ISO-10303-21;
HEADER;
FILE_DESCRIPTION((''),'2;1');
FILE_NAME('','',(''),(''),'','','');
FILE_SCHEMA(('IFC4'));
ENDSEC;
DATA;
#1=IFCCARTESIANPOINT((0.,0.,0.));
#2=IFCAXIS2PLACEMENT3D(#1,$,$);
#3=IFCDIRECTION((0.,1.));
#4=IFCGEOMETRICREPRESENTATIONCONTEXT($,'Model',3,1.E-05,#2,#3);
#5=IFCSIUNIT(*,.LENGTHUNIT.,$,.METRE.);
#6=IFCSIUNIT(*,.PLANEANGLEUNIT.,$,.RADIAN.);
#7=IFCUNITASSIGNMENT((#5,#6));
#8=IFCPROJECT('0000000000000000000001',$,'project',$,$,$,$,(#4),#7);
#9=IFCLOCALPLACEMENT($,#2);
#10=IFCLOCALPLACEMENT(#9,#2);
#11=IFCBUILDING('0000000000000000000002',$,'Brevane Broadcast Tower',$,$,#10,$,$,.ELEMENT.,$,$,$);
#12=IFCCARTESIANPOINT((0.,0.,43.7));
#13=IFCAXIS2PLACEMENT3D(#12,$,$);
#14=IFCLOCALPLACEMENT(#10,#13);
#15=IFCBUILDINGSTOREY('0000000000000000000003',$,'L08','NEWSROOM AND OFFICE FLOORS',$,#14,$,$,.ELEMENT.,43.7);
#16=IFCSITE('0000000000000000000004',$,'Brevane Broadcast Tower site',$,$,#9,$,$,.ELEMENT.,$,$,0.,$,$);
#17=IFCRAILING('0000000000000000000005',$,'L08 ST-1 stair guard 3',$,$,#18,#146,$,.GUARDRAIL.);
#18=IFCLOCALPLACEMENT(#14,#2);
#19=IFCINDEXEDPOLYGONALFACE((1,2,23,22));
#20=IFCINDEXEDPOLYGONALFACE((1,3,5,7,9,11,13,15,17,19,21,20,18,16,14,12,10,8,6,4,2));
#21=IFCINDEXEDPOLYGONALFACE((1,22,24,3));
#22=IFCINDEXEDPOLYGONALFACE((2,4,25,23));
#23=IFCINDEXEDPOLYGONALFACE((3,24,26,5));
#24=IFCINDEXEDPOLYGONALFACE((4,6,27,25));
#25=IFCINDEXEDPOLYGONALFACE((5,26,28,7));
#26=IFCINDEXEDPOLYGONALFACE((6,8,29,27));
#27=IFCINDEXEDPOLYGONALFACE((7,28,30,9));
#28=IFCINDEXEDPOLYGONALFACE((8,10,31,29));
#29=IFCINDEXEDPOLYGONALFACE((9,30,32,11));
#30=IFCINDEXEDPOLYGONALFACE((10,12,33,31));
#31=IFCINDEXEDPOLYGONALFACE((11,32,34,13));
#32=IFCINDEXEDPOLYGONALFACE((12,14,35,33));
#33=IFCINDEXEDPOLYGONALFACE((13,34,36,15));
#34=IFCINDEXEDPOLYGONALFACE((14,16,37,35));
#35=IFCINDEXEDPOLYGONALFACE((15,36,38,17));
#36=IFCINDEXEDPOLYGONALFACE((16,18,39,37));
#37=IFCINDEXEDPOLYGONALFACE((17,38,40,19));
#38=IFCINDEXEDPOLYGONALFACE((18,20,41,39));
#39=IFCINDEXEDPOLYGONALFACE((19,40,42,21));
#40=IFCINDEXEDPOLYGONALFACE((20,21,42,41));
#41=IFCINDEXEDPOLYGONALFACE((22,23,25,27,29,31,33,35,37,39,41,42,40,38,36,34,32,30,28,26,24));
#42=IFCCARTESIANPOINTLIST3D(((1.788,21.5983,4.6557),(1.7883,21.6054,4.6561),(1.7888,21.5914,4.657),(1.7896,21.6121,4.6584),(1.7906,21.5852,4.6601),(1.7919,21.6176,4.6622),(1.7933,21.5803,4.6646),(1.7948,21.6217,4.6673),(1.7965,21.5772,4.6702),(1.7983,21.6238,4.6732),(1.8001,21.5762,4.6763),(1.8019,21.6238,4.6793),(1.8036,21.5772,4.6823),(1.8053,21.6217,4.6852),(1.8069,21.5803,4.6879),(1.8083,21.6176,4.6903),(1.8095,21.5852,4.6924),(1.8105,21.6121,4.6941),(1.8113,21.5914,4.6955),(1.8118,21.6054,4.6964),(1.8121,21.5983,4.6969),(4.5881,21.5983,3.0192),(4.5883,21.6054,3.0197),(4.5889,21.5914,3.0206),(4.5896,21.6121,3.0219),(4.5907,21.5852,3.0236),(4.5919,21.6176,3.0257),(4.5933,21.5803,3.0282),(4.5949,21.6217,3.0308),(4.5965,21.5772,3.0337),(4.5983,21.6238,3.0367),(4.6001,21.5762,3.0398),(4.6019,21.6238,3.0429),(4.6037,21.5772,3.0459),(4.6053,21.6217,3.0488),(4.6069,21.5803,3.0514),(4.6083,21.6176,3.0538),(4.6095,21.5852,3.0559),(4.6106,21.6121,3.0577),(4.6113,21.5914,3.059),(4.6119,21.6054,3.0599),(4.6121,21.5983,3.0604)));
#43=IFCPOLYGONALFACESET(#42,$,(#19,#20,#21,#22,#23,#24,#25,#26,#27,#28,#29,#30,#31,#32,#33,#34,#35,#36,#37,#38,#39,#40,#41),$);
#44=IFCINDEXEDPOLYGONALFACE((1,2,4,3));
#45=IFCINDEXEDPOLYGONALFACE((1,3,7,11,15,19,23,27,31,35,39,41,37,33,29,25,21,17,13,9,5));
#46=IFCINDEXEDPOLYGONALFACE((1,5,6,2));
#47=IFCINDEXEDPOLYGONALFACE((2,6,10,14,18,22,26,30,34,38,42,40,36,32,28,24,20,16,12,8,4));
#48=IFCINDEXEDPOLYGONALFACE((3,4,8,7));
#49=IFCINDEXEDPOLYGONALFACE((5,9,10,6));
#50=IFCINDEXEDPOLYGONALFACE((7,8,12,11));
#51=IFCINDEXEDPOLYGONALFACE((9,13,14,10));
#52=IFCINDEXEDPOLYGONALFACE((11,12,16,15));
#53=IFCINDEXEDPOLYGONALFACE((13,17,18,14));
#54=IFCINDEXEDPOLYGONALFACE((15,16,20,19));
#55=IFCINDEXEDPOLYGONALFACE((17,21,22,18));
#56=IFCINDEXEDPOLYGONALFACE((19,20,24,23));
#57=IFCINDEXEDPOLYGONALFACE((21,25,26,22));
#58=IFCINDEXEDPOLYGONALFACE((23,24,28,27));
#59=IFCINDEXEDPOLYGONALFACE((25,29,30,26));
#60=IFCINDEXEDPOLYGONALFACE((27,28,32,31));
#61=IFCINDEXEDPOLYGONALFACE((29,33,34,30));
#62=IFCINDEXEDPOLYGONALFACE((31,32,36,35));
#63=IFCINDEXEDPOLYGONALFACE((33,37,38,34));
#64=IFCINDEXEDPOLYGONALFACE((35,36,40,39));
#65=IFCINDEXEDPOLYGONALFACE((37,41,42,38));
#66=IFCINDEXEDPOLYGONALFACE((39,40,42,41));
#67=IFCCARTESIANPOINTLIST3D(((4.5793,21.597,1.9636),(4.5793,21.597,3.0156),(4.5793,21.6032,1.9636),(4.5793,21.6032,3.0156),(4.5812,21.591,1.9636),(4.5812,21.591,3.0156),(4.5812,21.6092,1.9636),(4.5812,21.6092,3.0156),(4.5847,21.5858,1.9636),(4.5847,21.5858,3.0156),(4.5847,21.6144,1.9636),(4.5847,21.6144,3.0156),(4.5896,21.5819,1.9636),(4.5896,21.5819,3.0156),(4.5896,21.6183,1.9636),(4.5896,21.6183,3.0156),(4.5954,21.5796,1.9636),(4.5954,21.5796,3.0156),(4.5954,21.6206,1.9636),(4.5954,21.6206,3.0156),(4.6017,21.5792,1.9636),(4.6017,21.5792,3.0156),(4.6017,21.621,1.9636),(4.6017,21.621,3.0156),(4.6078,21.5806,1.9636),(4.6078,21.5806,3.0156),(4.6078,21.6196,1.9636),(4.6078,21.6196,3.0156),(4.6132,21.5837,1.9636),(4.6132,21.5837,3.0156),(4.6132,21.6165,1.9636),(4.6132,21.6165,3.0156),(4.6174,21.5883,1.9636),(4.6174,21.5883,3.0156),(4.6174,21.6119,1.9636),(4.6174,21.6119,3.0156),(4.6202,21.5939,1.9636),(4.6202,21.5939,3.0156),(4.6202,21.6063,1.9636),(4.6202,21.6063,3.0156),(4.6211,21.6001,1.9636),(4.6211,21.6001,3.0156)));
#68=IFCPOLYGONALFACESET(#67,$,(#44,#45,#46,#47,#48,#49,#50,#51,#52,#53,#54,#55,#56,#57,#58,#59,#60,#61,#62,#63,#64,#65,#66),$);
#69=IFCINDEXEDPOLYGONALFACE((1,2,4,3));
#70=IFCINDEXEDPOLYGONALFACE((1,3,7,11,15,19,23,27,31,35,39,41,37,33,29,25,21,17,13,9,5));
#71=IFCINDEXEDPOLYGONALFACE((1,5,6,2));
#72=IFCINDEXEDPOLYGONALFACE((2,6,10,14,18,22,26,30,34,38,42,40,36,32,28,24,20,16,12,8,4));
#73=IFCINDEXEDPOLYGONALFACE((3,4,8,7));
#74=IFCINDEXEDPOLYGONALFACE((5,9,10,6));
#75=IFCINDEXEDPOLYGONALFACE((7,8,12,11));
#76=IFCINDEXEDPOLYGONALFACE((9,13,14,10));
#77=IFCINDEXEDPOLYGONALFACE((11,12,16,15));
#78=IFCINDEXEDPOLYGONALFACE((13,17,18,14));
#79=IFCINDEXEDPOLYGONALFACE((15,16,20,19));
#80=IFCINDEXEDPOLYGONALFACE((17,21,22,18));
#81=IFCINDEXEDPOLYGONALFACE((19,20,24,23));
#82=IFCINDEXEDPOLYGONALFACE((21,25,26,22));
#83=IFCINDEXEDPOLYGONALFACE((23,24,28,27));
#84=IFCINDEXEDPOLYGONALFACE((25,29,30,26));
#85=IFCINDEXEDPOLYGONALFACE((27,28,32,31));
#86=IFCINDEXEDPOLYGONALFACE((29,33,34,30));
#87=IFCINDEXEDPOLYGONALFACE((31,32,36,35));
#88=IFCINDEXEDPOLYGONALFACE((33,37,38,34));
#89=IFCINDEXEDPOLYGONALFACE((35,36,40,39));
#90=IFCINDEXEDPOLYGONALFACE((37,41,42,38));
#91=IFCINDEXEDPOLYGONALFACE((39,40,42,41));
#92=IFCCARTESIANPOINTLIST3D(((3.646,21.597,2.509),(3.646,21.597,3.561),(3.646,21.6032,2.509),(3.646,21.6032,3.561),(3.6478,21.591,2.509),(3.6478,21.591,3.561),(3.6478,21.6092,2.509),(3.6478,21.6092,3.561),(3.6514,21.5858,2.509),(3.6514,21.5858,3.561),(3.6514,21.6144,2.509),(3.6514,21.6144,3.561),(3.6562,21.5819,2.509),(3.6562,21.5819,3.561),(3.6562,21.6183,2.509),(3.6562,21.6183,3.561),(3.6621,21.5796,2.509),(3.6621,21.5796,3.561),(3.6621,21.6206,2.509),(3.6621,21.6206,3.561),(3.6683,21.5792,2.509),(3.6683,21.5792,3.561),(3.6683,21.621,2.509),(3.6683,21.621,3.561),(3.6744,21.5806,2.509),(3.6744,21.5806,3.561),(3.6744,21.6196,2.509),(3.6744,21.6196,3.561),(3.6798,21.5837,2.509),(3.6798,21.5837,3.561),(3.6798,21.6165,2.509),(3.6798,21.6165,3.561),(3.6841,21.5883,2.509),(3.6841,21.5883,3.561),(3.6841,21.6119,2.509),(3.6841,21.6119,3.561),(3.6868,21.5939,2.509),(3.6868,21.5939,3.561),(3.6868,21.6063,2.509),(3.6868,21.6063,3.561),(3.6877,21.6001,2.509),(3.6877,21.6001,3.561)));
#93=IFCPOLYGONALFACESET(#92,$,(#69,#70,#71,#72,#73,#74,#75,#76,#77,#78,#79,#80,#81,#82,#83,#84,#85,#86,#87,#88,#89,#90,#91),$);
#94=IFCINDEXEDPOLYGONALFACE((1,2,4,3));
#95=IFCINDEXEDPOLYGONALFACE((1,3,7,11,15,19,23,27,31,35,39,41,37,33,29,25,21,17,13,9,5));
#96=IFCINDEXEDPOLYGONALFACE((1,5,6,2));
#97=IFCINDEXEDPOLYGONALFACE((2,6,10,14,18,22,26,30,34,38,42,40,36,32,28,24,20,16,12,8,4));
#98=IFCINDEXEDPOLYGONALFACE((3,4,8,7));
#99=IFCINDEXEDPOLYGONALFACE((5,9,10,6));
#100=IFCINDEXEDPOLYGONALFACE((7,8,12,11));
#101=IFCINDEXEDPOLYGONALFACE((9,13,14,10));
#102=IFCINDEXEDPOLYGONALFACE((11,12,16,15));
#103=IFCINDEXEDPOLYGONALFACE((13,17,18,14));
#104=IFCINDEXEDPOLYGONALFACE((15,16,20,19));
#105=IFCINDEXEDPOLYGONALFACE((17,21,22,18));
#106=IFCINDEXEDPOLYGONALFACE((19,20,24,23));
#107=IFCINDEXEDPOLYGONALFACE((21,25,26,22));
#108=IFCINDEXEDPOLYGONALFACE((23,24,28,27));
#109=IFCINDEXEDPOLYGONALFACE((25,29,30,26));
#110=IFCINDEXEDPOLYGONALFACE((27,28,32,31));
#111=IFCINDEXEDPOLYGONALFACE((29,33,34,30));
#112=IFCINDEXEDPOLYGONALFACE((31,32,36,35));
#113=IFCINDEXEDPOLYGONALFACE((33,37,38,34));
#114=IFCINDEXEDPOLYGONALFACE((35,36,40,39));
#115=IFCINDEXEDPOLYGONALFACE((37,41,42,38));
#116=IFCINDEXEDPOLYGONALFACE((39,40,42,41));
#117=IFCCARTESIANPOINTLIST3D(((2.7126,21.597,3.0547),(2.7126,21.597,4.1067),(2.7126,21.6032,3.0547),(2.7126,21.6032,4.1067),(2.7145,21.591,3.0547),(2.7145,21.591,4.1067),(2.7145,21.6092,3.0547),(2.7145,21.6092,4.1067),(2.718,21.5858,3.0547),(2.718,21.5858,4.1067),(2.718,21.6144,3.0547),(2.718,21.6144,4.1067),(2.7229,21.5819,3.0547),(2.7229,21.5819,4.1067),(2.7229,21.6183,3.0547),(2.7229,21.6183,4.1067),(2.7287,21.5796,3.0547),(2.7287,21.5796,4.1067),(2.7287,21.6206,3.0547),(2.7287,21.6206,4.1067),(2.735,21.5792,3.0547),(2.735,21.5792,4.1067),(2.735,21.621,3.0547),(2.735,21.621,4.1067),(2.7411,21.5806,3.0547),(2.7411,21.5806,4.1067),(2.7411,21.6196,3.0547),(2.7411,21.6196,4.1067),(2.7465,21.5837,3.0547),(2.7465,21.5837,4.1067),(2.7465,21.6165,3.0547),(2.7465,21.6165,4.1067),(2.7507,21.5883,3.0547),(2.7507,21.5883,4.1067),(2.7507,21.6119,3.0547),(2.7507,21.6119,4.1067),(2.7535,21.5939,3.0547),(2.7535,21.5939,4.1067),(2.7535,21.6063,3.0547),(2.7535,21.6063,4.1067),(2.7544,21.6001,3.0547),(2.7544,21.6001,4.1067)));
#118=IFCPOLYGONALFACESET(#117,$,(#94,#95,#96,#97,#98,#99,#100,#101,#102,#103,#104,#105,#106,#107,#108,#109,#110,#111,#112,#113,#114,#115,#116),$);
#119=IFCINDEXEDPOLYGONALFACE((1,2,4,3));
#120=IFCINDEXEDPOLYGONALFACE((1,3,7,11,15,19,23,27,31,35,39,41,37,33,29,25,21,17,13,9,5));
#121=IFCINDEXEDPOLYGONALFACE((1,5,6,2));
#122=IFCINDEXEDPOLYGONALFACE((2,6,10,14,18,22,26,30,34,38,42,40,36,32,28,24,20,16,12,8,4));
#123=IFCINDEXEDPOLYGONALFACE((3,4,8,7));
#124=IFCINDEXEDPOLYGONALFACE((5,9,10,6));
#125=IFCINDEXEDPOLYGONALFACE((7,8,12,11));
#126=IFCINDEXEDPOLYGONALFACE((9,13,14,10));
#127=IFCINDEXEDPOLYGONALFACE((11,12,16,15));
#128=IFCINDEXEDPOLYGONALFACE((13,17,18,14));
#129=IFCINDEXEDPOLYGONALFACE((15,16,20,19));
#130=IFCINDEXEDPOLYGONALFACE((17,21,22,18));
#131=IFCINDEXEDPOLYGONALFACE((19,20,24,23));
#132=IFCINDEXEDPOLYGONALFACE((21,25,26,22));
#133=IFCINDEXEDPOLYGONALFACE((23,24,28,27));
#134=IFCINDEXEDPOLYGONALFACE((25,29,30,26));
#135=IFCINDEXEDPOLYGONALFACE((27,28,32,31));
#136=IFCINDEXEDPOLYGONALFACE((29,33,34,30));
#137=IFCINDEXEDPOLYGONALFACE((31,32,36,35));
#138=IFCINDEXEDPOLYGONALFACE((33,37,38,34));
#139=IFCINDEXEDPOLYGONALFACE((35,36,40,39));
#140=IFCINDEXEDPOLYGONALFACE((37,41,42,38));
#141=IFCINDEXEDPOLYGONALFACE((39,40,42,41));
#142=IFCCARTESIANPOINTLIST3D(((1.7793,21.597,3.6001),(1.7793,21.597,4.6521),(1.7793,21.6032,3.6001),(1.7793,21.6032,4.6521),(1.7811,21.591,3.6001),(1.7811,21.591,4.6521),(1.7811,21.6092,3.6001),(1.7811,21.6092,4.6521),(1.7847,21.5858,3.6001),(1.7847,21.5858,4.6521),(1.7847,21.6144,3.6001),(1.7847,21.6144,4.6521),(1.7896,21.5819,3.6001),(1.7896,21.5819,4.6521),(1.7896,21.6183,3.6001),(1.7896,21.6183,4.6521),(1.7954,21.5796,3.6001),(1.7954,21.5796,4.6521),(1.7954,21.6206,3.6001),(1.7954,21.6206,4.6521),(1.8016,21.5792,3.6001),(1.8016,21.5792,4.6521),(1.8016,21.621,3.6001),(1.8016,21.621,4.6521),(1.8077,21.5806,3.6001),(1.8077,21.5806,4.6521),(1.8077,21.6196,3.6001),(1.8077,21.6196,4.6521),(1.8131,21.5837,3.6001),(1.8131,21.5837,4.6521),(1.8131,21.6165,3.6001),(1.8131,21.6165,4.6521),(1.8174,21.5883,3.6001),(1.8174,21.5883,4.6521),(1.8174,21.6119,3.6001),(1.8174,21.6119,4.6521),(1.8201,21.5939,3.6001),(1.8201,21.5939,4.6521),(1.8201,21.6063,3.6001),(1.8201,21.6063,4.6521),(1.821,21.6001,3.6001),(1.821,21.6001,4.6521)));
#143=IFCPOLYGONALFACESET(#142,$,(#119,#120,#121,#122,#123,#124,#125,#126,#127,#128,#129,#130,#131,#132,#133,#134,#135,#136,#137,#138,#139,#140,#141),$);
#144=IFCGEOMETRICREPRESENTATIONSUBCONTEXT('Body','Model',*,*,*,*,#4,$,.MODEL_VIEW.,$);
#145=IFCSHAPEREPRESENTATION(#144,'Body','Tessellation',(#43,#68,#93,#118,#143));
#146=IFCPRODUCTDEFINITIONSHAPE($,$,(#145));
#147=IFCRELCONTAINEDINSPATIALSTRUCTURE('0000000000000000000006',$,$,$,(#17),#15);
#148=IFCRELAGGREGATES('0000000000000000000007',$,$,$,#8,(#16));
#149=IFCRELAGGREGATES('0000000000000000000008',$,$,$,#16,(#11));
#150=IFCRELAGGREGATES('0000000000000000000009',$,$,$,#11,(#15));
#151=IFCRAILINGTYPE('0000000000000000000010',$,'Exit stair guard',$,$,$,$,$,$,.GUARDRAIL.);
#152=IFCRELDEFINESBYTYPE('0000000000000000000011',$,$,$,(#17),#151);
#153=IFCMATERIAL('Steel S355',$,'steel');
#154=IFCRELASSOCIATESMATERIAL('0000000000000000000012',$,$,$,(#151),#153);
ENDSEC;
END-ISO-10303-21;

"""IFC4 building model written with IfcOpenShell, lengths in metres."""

from ifc_helpers import new_model, si_unit, direction, frame, origin, origin_2d, place, context, subcontext, project, spatial, circle, extrude, material, type_object, element, save


model = new_model("IFC4")

# Units and contexts
model_context = context("Model", 3, precision=1e-05, world=origin(), true_north=direction((0.0, 1.0)))
body_context = subcontext(model_context, "Body", "Model", "MODEL_VIEW")
ifc_project = project(units=[si_unit("LENGTHUNIT", "METRE"), si_unit("PLANEANGLEUNIT", "RADIAN")], contexts=[model_context])

# Site, building, storey
site_placement = place(None, origin())
site = spatial("IfcSite", under=ifc_project, at=site_placement, Name="Brevane Broadcast Tower site", CompositionType="ELEMENT", RefElevation=0.0)
building_placement = place(site_placement, origin())
building = spatial("IfcBuilding", under=site, at=building_placement, Name="Brevane Broadcast Tower", CompositionType="ELEMENT")
storey_placement = place(building_placement, frame((0.0, 0.0, 43.7)))
storey = spatial("IfcBuildingStorey", under=building, at=storey_placement, Name="L08", Description="NEWSROOM AND OFFICE FLOORS", CompositionType="ELEMENT", Elevation=43.7)

# Railing
ifc_material_1 = material(Name="Steel S355", Category="steel")
railing_type_1 = type_object("IfcRailingType", Name="Exit stair guard", PredefinedType="GUARDRAIL", material=ifc_material_1)
railing_1_placement = place(storey_placement, frame((4.6001, 21.6001, 1.9636)))
element("IfcRailing", 1, at=railing_1_placement, inside=storey, type_object=railing_type_1, Name="L08 ST-1 stair guard 3", PredefinedType="GUARDRAIL", context=body_context, shape_type="SweptSolid", body=[
    extrude(circle(Radius=0.0239, at=origin_2d()), frame((0.0, 0.0, 1.0762), z_axis=(-0.863361, 0.0, 0.504587), x_axis=(0.0, -1.0, 0.0)), (0.0, 0.0, 1.0), 3.2432),
    extrude(circle(Radius=0.021, at=origin_2d()), origin(), (0.0, 0.0, 1.0), 1.052),
    extrude(circle(Radius=0.021, at=origin_2d()), frame((-0.9333, 0.0, 0.5454)), (0.0, 0.0, 1.0), 1.052),
    extrude(circle(Radius=0.021, at=origin_2d()), frame((-1.8667, 0.0, 1.0911)), (0.0, 0.0, 1.0), 1.052),
    extrude(circle(Radius=0.021, at=origin_2d()), frame((-2.8, 0.0, 1.6365)), (0.0, 0.0, 1.0), 1.052),
])

save(model, "model.ifc")
